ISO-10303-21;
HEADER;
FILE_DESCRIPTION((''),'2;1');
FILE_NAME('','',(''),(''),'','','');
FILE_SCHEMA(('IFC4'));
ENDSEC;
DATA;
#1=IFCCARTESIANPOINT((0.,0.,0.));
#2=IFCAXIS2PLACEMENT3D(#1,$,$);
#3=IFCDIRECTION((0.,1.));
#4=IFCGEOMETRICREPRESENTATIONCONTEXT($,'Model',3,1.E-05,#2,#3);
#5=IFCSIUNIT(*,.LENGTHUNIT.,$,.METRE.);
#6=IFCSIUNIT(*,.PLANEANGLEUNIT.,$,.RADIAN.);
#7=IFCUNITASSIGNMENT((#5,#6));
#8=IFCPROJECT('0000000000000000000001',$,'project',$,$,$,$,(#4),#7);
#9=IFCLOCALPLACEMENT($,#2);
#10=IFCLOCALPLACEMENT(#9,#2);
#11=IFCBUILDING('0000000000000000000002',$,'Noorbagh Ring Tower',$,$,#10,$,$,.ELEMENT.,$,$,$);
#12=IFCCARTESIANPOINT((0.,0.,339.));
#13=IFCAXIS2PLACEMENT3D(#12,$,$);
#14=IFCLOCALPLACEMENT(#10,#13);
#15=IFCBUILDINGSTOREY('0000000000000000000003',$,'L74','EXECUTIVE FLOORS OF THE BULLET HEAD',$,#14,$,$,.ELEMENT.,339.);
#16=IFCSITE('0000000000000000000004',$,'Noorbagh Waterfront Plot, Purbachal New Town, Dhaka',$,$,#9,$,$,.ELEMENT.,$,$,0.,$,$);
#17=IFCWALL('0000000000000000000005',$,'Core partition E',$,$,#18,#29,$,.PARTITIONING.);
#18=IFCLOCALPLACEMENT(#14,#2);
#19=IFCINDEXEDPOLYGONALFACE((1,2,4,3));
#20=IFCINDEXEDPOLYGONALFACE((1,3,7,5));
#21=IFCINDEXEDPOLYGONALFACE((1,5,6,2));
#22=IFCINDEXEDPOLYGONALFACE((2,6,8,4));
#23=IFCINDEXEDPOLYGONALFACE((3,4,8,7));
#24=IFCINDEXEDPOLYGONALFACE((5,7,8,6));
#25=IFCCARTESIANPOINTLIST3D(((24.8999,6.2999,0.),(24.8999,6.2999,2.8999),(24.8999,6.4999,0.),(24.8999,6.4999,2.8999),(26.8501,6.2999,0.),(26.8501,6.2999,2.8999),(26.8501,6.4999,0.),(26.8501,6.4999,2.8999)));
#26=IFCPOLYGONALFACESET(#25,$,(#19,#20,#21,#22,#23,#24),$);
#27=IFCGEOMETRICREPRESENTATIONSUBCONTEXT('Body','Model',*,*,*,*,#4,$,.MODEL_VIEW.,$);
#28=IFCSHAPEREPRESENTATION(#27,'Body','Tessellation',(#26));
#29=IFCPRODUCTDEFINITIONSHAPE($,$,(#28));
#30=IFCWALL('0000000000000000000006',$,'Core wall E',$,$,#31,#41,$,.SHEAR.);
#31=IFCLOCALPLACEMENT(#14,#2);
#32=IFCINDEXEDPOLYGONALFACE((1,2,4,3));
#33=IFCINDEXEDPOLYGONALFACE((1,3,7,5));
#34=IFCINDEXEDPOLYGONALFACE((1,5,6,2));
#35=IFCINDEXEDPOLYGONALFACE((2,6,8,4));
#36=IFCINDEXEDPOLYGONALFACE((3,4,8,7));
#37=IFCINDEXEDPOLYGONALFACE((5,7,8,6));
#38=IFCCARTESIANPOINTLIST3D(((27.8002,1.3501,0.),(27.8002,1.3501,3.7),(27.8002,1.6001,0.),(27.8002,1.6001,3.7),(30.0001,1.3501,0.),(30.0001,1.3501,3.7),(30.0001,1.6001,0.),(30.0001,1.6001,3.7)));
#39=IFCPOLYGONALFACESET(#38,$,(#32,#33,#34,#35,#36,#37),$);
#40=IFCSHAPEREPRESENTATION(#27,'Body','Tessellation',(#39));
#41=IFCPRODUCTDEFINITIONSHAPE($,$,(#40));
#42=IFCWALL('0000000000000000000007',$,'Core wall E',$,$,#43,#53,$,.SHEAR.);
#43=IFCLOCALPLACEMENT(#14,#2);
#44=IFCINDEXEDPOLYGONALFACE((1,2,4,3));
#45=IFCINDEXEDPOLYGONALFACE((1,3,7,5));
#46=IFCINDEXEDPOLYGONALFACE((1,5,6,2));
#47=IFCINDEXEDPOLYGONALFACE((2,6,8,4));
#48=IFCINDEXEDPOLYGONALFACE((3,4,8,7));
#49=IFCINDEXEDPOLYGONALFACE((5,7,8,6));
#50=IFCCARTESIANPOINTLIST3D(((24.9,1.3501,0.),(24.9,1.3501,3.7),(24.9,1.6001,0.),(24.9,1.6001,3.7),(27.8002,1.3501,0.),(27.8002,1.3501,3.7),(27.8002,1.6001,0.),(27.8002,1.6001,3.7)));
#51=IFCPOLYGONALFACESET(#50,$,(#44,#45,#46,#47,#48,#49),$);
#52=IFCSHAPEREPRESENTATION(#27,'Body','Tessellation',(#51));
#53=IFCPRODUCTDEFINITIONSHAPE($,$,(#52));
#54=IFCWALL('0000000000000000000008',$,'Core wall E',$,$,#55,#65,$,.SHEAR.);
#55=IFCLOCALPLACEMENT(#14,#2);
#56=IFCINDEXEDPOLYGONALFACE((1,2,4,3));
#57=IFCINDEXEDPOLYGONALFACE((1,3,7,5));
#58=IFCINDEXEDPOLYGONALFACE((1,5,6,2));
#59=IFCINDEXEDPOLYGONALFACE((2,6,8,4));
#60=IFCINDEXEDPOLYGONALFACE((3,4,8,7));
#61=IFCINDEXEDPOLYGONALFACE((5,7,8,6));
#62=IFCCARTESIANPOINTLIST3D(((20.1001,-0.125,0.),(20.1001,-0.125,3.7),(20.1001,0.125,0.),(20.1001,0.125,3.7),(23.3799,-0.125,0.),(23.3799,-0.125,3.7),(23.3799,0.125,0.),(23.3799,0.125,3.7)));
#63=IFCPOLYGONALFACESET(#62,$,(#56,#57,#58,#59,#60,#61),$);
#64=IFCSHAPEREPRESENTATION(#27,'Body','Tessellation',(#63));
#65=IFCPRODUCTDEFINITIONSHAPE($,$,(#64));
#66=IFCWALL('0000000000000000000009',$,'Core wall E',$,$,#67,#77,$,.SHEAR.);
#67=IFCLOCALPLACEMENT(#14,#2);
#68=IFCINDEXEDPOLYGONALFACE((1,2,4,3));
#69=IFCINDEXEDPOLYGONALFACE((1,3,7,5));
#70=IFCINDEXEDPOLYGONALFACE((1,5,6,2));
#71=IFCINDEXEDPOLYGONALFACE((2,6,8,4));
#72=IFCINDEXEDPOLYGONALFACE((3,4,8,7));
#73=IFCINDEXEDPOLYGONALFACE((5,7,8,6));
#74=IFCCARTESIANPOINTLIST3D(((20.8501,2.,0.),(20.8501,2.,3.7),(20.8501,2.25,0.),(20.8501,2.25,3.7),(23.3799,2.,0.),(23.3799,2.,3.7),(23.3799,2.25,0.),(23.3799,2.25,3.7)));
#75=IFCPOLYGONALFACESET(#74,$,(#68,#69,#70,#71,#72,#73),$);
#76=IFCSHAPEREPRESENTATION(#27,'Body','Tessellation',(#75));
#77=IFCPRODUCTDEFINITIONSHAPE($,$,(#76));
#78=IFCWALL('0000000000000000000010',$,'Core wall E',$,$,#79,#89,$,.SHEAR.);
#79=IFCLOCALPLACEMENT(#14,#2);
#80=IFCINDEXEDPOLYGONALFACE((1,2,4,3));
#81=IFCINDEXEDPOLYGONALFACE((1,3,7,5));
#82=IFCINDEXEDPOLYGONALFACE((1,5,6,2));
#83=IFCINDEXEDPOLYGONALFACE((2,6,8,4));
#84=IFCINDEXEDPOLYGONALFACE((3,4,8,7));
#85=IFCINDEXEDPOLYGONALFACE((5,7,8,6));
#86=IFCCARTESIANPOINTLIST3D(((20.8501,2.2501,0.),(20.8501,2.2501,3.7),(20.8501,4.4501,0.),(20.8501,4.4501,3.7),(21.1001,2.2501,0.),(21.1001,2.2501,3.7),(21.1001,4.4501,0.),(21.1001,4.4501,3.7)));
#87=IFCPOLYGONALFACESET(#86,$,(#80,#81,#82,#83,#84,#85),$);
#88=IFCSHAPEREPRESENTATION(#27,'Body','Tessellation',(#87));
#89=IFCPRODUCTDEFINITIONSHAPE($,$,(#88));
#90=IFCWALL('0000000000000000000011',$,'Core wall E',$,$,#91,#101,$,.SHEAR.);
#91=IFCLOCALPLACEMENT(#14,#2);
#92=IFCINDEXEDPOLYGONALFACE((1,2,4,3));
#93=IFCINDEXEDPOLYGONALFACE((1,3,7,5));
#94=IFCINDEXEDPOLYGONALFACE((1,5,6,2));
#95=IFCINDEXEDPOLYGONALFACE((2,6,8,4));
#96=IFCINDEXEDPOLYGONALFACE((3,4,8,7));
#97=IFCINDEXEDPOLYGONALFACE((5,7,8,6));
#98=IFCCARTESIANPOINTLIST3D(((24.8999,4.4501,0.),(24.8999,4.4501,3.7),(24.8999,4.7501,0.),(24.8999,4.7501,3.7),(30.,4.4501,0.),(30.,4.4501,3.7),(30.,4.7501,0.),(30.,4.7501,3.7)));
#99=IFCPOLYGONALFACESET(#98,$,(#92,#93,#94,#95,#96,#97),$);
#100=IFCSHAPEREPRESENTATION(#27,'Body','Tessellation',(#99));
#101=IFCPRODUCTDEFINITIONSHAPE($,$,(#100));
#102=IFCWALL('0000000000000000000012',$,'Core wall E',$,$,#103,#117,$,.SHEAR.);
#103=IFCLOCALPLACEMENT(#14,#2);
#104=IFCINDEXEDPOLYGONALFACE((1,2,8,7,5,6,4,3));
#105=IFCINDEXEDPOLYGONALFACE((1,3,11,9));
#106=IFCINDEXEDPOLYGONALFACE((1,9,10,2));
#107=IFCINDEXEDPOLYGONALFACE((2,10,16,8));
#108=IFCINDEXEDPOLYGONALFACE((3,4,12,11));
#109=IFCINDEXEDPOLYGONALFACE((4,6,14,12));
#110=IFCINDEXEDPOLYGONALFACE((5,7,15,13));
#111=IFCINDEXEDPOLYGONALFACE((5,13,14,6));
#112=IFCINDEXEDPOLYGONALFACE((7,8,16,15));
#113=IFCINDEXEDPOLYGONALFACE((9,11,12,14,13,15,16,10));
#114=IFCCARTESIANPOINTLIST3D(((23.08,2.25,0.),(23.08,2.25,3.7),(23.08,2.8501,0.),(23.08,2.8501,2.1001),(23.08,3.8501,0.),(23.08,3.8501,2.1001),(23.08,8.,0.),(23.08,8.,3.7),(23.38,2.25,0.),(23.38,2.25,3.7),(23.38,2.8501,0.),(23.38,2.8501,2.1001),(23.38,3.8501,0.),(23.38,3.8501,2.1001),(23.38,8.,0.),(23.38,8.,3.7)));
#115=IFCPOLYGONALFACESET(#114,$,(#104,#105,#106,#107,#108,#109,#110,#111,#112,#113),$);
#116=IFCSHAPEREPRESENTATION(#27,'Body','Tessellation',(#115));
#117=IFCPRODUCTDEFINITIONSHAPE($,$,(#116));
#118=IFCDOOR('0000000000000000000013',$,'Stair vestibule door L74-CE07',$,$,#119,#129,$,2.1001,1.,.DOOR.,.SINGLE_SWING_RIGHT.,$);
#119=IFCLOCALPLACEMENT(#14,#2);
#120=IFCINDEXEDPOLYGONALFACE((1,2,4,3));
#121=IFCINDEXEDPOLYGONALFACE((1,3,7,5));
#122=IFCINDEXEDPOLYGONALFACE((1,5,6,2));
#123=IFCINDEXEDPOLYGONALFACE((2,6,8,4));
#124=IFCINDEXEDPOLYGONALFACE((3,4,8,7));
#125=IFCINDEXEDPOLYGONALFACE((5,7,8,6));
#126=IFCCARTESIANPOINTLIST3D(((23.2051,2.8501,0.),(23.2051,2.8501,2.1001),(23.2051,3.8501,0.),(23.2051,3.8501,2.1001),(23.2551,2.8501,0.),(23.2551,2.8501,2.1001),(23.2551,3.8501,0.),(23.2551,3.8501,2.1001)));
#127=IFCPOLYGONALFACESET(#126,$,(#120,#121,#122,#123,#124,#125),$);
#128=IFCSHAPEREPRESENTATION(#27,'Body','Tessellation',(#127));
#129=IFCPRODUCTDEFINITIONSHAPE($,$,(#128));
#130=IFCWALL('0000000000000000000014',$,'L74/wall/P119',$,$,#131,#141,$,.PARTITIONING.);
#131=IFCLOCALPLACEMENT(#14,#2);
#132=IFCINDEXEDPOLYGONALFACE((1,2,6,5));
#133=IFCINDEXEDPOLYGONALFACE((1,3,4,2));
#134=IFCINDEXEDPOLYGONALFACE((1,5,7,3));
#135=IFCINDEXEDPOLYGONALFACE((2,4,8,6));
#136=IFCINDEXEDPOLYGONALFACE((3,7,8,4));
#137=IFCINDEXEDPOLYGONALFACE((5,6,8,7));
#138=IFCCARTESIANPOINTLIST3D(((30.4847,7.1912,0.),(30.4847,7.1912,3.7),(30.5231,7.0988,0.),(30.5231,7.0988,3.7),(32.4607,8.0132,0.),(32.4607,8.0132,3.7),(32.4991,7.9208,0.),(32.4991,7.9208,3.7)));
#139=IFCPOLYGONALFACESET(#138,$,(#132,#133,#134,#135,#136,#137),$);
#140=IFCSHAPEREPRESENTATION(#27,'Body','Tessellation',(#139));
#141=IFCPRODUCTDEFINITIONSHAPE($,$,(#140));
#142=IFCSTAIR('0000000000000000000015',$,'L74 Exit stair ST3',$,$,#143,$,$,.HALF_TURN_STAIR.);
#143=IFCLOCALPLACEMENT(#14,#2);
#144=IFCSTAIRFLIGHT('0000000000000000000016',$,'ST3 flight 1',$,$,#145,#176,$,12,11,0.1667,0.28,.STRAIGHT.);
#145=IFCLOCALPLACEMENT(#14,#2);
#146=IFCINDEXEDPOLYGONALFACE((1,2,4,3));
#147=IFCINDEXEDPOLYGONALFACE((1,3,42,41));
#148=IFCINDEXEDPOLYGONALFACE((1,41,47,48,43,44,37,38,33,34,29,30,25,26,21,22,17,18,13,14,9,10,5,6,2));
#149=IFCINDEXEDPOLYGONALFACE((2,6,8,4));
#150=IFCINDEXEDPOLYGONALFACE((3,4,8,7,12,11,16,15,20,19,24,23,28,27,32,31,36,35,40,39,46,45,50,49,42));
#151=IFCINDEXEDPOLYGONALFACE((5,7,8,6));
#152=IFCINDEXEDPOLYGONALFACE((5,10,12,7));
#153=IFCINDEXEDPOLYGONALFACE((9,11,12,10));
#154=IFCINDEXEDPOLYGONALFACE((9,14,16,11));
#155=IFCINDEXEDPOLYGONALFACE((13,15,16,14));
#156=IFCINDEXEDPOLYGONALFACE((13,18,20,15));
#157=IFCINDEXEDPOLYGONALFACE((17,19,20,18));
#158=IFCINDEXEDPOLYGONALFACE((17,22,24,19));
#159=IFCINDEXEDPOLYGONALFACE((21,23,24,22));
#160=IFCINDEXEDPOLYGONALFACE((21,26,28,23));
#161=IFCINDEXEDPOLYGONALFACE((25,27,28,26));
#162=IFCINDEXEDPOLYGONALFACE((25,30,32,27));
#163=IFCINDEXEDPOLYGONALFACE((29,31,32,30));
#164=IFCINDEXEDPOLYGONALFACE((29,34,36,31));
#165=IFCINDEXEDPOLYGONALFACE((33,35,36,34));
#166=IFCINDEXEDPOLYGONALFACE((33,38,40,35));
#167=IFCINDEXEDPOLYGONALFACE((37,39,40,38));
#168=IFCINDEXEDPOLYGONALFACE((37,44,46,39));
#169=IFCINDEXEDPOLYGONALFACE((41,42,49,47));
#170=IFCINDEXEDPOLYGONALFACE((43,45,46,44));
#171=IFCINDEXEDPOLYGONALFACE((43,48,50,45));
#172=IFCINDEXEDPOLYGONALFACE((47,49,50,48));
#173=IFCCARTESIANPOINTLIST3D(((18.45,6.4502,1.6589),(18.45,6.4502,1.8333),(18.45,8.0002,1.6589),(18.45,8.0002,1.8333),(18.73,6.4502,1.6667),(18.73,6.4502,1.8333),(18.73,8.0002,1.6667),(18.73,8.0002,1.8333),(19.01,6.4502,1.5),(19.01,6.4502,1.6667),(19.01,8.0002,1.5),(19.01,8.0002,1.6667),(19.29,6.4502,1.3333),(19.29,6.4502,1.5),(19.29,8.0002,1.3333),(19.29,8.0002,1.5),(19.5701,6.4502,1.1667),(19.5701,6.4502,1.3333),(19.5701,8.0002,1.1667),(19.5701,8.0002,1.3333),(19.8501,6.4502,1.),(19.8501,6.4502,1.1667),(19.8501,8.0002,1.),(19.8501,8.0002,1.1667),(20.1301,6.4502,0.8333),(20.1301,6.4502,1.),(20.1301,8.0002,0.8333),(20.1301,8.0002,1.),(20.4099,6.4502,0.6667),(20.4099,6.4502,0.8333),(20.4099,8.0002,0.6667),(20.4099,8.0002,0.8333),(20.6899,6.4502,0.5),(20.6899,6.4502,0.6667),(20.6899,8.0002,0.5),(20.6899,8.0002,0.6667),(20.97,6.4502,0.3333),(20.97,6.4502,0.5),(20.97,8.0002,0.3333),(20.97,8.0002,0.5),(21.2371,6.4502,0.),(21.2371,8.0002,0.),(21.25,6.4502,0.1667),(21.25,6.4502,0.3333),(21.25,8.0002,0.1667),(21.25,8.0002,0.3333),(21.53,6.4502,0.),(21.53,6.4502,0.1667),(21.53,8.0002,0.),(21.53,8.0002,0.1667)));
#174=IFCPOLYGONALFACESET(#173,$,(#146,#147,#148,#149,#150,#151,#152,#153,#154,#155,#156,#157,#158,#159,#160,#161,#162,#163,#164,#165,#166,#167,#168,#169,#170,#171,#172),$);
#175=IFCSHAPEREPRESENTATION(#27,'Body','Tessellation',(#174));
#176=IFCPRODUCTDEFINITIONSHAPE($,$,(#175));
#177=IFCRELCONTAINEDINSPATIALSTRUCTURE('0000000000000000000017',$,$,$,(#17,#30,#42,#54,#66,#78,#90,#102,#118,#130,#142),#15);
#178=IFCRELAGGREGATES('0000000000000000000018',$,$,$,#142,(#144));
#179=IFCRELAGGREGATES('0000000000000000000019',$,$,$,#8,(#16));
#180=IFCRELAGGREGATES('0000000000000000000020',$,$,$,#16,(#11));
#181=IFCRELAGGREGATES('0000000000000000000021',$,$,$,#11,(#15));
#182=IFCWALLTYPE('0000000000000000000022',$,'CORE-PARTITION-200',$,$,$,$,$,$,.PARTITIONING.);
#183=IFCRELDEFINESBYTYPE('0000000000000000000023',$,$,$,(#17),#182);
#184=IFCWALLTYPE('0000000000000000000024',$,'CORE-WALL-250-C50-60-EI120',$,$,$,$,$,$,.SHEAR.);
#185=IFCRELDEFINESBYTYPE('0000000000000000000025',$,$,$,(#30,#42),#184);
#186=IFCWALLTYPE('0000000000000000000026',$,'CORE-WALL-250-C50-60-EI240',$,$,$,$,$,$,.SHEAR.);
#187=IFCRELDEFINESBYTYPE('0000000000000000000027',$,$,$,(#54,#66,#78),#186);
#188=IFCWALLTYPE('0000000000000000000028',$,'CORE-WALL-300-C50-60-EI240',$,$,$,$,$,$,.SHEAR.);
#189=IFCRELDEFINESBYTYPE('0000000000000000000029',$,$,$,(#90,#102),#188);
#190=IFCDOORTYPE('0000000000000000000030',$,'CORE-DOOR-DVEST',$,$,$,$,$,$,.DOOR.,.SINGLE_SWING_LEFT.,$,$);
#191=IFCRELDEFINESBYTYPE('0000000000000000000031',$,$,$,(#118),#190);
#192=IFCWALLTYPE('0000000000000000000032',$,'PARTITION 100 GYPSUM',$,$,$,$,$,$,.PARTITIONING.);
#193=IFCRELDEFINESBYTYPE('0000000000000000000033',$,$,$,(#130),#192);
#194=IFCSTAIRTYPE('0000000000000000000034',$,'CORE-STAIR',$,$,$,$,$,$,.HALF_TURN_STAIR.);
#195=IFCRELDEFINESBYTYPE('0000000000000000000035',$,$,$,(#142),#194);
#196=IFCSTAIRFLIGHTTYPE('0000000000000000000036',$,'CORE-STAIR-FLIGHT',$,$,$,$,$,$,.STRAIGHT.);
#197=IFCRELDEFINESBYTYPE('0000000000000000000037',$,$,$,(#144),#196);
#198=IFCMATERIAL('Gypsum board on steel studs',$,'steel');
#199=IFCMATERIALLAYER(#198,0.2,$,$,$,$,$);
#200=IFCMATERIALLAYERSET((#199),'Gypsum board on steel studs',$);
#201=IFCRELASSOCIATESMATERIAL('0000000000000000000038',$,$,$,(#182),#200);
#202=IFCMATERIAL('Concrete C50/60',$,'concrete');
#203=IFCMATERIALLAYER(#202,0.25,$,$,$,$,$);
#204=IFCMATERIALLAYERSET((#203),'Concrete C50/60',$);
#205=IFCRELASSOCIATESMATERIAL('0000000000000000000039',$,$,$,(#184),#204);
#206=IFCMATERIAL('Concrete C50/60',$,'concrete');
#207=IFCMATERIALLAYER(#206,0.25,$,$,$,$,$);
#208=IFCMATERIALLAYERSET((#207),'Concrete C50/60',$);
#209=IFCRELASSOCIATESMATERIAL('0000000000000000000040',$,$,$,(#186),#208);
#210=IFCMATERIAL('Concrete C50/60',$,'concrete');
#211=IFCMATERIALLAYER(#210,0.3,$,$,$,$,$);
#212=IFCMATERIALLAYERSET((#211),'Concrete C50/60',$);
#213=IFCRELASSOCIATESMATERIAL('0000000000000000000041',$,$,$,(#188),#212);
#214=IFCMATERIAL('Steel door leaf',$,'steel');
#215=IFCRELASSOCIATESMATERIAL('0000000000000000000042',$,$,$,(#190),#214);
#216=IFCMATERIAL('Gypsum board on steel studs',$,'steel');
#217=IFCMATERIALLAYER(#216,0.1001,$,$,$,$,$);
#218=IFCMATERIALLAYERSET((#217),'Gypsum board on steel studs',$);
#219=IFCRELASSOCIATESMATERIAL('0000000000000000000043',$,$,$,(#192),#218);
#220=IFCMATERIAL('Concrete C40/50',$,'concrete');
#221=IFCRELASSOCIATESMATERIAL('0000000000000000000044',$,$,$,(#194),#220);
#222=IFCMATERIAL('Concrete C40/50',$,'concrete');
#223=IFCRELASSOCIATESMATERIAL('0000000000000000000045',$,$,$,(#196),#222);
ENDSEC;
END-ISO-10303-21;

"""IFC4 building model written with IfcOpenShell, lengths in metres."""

from ifc_helpers import new_model, si_unit, direction, frame, frame_2d, origin, place, context, subcontext, project, spatial, polyline, rectangle, outline, extrude, material, layer, layer_set, type_object, element, fill, aggregate, save


model = new_model("IFC4")

# Units and contexts
model_context = context("Model", 3, precision=1e-05, world=origin(), true_north=direction((0.0, 1.0)))
body_context = subcontext(model_context, "Body", "Model", "MODEL_VIEW")
ifc_project = project(units=[si_unit("LENGTHUNIT", "METRE"), si_unit("PLANEANGLEUNIT", "RADIAN")], contexts=[model_context])

# Site, building, storey
site_placement = place(None, origin())
site = spatial("IfcSite", under=ifc_project, at=site_placement, Name="Noorbagh Waterfront Plot, Purbachal New Town, Dhaka", CompositionType="ELEMENT", RefElevation=0.0)
building_placement = place(site_placement, origin())
building = spatial("IfcBuilding", under=site, at=building_placement, Name="Noorbagh Ring Tower", CompositionType="ELEMENT")
storey_placement = place(building_placement, frame((0.0, 0.0, 339.0)))
storey = spatial("IfcBuildingStorey", under=building, at=storey_placement, Name="L74", Description="EXECUTIVE FLOORS OF THE BULLET HEAD", CompositionType="ELEMENT", Elevation=339.0)

# Shared definitions
ifc_material_1 = material(Name="Gypsum board on steel studs", Category="steel")
ifc_layer_1 = layer(ifc_material_1, 0.2)
ifc_layer_set_1 = layer_set([ifc_layer_1], Name="Gypsum board on steel studs")
wall_type_1 = type_object("IfcWallType", Name="CORE-PARTITION-200", PredefinedType="PARTITIONING", material=ifc_layer_set_1)

# Walls
wall_1_placement = place(storey_placement, frame((24.8999, 6.3999, 0.0), z_axis=(0.0, 0.0, 1.0), x_axis=(1.0, 0.0, 0.0)))
element("IfcWall", 1, at=wall_1_placement, inside=storey, type_object=wall_type_1, Name="Core partition E", PredefinedType="PARTITIONING", context=body_context, shape_type="SweptSolid", body=[
    extrude(rectangle(XDim=1.9502, YDim=0.2, at=frame_2d((0.9751, 0.0))), origin(), (0.0, 0.0, 1.0), 2.8999),
])
ifc_material_2 = material(Name="Concrete C50/60", Category="concrete")
ifc_layer_2 = layer(ifc_material_2, 0.25)
ifc_layer_set_2 = layer_set([ifc_layer_2], Name="Concrete C50/60")
wall_type_2 = type_object("IfcWallType", Name="CORE-WALL-250-C50-60-EI120", PredefinedType="SHEAR", material=ifc_layer_set_2)
wall_2_placement = place(storey_placement, frame((27.8, 1.4751, 0.0), z_axis=(0.0, 0.0, 1.0), x_axis=(1.0, 0.0, 0.0)))
element("IfcWall", 2, at=wall_2_placement, inside=storey, type_object=wall_type_2, Name="Core wall E", PredefinedType="SHEAR", context=body_context, shape_type="SweptSolid", body=[
    extrude(rectangle(XDim=2.2, YDim=0.25, at=frame_2d((1.1001, 0.0))), origin(), (0.0, 0.0, 1.0), 3.7),
])
wall_3_placement = place(storey_placement, frame((24.8999, 1.4751, 0.0), z_axis=(0.0, 0.0, 1.0), x_axis=(1.0, 0.0, 0.0)))
element("IfcWall", 3, at=wall_3_placement, inside=storey, type_object=wall_type_2, Name="Core wall E", PredefinedType="SHEAR", context=body_context, shape_type="SweptSolid", body=[
    extrude(rectangle(XDim=2.9001, YDim=0.25, at=frame_2d((1.4502, 0.0))), origin(), (0.0, 0.0, 1.0), 3.7),
])
ifc_material_3 = material(Name="Concrete C50/60", Category="concrete")
ifc_layer_3 = layer(ifc_material_3, 0.25)
ifc_layer_set_3 = layer_set([ifc_layer_3], Name="Concrete C50/60")
wall_type_3 = type_object("IfcWallType", Name="CORE-WALL-250-C50-60-EI240", PredefinedType="SHEAR", material=ifc_layer_set_3)
wall_4_placement = place(storey_placement, frame((20.1001, 0.0, 0.0), z_axis=(0.0, 0.0, 1.0), x_axis=(1.0, 0.0, 0.0)))
element("IfcWall", 4, at=wall_4_placement, inside=storey, type_object=wall_type_3, Name="Core wall E", PredefinedType="SHEAR", context=body_context, shape_type="SweptSolid", body=[
    extrude(rectangle(XDim=3.2798, YDim=0.25, at=frame_2d((1.6399, 0.0))), origin(), (0.0, 0.0, 1.0), 3.7),
])
wall_5_placement = place(storey_placement, frame((20.8501, 2.125, 0.0), z_axis=(0.0, 0.0, 1.0), x_axis=(1.0, 0.0, 0.0)))
element("IfcWall", 5, at=wall_5_placement, inside=storey, type_object=wall_type_3, Name="Core wall E", PredefinedType="SHEAR", context=body_context, shape_type="SweptSolid", body=[
    extrude(rectangle(XDim=2.5298, YDim=0.25, at=frame_2d((1.2649, 0.0))), origin(), (0.0, 0.0, 1.0), 3.7),
])
wall_6_placement = place(storey_placement, frame((20.9751, 2.25, 0.0), z_axis=(0.0, 0.0, 1.0), x_axis=(0.0, 1.0, 0.0)))
element("IfcWall", 6, at=wall_6_placement, inside=storey, type_object=wall_type_3, Name="Core wall E", PredefinedType="SHEAR", context=body_context, shape_type="SweptSolid", body=[
    extrude(rectangle(XDim=2.2, YDim=0.25, at=frame_2d((1.1001, 0.0))), origin(), (0.0, 0.0, 1.0), 3.7),
])
ifc_material_4 = material(Name="Concrete C50/60", Category="concrete")
ifc_layer_4 = layer(ifc_material_4, 0.3)
ifc_layer_set_4 = layer_set([ifc_layer_4], Name="Concrete C50/60")
wall_type_4 = type_object("IfcWallType", Name="CORE-WALL-300-C50-60-EI240", PredefinedType="SHEAR", material=ifc_layer_set_4)
wall_7_placement = place(storey_placement, frame((24.8999, 4.6001, 0.0), z_axis=(0.0, 0.0, 1.0), x_axis=(1.0, 0.0, 0.0)))
element("IfcWall", 7, at=wall_7_placement, inside=storey, type_object=wall_type_4, Name="Core wall E", PredefinedType="SHEAR", context=body_context, shape_type="SweptSolid", body=[
    extrude(rectangle(XDim=5.1001, YDim=0.3, at=frame_2d((2.55, 0.0))), origin(), (0.0, 0.0, 1.0), 3.7),
])

# Wall, opening, door
wall_8_placement = place(storey_placement, frame((23.23, 2.25, 0.0), z_axis=(0.0, 0.0, 1.0), x_axis=(0.0, 1.0, 0.0)))
wall_8 = element("IfcWall", 8, at=wall_8_placement, inside=storey, type_object=wall_type_4, Name="Core wall E", PredefinedType="SHEAR", context=body_context, shape_type="SweptSolid", body=[
    extrude(rectangle(XDim=5.75, YDim=0.3, at=frame_2d((2.875, 0.0))), origin(), (0.0, 0.0, 1.0), 3.7),
])
opening_1_placement = place(wall_8_placement, frame((0.6001, 0.0, 0.0)))
opening_1 = element("IfcOpeningElement", 9, at=opening_1_placement, cuts=wall_8, PredefinedType="OPENING", context=body_context, shape_type="SweptSolid", body=[
    extrude(rectangle(XDim=1.0, YDim=2.1001, at=frame_2d((0.5, 1.05))), frame((0.0, 0.1602, 0.0), z_axis=(0.0, -1.0, 0.0), x_axis=(1.0, 0.0, 0.0)), (0.0, 0.0, 1.0), 0.3201),
])
ifc_material_5 = material(Name="Steel door leaf", Category="steel")
door_type_1 = type_object("IfcDoorType", Name="CORE-DOOR-DVEST", OperationType="SINGLE_SWING_LEFT", PredefinedType="DOOR", material=ifc_material_5)
door_1_placement = place(opening_1_placement, origin())
door_1 = element("IfcDoor", 10, at=door_1_placement, inside=storey, type_object=door_type_1, Name="Stair vestibule door L74-CE07", OperationType="SINGLE_SWING_RIGHT", OverallHeight=2.1001, OverallWidth=1.0, PredefinedType="DOOR", context=body_context, shape_type="SweptSolid", body=[
    extrude(rectangle(XDim=1.0, YDim=2.1001, at=frame_2d((0.5, 1.05))), frame((0.0, 0.0249, 0.0), z_axis=(0.0, -1.0, 0.0), x_axis=(1.0, 0.0, 0.0)), (0.0, 0.0, 1.0), 0.05),
])
fill(opening_1, door_1)

# Wall
ifc_material_6 = material(Name="Gypsum board on steel studs", Category="steel")
ifc_layer_5 = layer(ifc_material_6, 0.1001)
ifc_layer_set_5 = layer_set([ifc_layer_5], Name="Gypsum board on steel studs")
wall_type_5 = type_object("IfcWallType", Name="PARTITION 100 GYPSUM", PredefinedType="PARTITIONING", material=ifc_layer_set_5)
wall_9_placement = place(storey_placement, frame((30.5039, 7.145, 0.0), z_axis=(0.0, 0.0, 1.0), x_axis=(0.9233, 0.384081, 0.0)))
element("IfcWall", 11, at=wall_9_placement, inside=storey, type_object=wall_type_5, Name="L74/wall/P119", PredefinedType="PARTITIONING", context=body_context, shape_type="SweptSolid", body=[
    extrude(rectangle(XDim=2.1401, YDim=0.1001, at=frame_2d((1.0701, 0.0))), origin(), (0.0, 0.0, 1.0), 3.7),
])

# Stair, stair flight
ifc_material_7 = material(Name="Concrete C40/50", Category="concrete")
stair_type = type_object("IfcStairType", Name="CORE-STAIR", PredefinedType="HALF_TURN_STAIR", material=ifc_material_7)
stair_placement = place(storey_placement, origin())
stair = element("IfcStair", 12, at=stair_placement, inside=storey, type_object=stair_type, Name="L74 Exit stair ST3", PredefinedType="HALF_TURN_STAIR")
ifc_material_8 = material(Name="Concrete C40/50", Category="concrete")
stair_flight_type = type_object("IfcStairFlightType", Name="CORE-STAIR-FLIGHT", PredefinedType="STRAIGHT", material=ifc_material_8)
stair_flight_placement = place(storey_placement, frame((21.53, 7.2251, 0.0), z_axis=(0.0, 0.0, 1.0), x_axis=(-1.0, 0.0, 0.0)))
stair_flight = element("IfcStairFlight", 13, at=stair_flight_placement, type_object=stair_flight_type, Name="ST3 flight 1", NumberOfRisers=12, NumberOfTreads=11, PredefinedType="STRAIGHT", RiserHeight=0.1667, TreadLength=0.28, context=body_context, shape_type="SweptSolid", body=[
    extrude(outline(polyline([(0.0, 0.0), (0.0, 0.1667), (0.28, 0.1667), (0.28, 0.3333), (0.5601, 0.3333), (0.5601, 0.5), (0.8401, 0.5), (0.8401, 0.6667), (1.1201, 0.6667), (1.1201, 0.8333), (1.3999, 0.8333), (1.3999, 1.0), (1.6799, 1.0), (1.6799, 1.1667), (1.96, 1.1667), (1.96, 1.3333), (2.24, 1.3333), (2.24, 1.5), (2.52, 1.5), (2.52, 1.6667), (2.8, 1.6667), (2.8, 1.8333), (3.0801, 1.8333), (3.0801, 2.0), (3.0801, 1.6589), (0.293, 0.0), (0.0, 0.0)])), frame((0.0, 0.7749, 0.0), z_axis=(0.0, -1.0, 0.0), x_axis=(1.0, 0.0, 0.0)), (0.0, 0.0, 1.0), 1.55),
])
aggregate(stair, [stair_flight])

save(model, "model.ifc")
